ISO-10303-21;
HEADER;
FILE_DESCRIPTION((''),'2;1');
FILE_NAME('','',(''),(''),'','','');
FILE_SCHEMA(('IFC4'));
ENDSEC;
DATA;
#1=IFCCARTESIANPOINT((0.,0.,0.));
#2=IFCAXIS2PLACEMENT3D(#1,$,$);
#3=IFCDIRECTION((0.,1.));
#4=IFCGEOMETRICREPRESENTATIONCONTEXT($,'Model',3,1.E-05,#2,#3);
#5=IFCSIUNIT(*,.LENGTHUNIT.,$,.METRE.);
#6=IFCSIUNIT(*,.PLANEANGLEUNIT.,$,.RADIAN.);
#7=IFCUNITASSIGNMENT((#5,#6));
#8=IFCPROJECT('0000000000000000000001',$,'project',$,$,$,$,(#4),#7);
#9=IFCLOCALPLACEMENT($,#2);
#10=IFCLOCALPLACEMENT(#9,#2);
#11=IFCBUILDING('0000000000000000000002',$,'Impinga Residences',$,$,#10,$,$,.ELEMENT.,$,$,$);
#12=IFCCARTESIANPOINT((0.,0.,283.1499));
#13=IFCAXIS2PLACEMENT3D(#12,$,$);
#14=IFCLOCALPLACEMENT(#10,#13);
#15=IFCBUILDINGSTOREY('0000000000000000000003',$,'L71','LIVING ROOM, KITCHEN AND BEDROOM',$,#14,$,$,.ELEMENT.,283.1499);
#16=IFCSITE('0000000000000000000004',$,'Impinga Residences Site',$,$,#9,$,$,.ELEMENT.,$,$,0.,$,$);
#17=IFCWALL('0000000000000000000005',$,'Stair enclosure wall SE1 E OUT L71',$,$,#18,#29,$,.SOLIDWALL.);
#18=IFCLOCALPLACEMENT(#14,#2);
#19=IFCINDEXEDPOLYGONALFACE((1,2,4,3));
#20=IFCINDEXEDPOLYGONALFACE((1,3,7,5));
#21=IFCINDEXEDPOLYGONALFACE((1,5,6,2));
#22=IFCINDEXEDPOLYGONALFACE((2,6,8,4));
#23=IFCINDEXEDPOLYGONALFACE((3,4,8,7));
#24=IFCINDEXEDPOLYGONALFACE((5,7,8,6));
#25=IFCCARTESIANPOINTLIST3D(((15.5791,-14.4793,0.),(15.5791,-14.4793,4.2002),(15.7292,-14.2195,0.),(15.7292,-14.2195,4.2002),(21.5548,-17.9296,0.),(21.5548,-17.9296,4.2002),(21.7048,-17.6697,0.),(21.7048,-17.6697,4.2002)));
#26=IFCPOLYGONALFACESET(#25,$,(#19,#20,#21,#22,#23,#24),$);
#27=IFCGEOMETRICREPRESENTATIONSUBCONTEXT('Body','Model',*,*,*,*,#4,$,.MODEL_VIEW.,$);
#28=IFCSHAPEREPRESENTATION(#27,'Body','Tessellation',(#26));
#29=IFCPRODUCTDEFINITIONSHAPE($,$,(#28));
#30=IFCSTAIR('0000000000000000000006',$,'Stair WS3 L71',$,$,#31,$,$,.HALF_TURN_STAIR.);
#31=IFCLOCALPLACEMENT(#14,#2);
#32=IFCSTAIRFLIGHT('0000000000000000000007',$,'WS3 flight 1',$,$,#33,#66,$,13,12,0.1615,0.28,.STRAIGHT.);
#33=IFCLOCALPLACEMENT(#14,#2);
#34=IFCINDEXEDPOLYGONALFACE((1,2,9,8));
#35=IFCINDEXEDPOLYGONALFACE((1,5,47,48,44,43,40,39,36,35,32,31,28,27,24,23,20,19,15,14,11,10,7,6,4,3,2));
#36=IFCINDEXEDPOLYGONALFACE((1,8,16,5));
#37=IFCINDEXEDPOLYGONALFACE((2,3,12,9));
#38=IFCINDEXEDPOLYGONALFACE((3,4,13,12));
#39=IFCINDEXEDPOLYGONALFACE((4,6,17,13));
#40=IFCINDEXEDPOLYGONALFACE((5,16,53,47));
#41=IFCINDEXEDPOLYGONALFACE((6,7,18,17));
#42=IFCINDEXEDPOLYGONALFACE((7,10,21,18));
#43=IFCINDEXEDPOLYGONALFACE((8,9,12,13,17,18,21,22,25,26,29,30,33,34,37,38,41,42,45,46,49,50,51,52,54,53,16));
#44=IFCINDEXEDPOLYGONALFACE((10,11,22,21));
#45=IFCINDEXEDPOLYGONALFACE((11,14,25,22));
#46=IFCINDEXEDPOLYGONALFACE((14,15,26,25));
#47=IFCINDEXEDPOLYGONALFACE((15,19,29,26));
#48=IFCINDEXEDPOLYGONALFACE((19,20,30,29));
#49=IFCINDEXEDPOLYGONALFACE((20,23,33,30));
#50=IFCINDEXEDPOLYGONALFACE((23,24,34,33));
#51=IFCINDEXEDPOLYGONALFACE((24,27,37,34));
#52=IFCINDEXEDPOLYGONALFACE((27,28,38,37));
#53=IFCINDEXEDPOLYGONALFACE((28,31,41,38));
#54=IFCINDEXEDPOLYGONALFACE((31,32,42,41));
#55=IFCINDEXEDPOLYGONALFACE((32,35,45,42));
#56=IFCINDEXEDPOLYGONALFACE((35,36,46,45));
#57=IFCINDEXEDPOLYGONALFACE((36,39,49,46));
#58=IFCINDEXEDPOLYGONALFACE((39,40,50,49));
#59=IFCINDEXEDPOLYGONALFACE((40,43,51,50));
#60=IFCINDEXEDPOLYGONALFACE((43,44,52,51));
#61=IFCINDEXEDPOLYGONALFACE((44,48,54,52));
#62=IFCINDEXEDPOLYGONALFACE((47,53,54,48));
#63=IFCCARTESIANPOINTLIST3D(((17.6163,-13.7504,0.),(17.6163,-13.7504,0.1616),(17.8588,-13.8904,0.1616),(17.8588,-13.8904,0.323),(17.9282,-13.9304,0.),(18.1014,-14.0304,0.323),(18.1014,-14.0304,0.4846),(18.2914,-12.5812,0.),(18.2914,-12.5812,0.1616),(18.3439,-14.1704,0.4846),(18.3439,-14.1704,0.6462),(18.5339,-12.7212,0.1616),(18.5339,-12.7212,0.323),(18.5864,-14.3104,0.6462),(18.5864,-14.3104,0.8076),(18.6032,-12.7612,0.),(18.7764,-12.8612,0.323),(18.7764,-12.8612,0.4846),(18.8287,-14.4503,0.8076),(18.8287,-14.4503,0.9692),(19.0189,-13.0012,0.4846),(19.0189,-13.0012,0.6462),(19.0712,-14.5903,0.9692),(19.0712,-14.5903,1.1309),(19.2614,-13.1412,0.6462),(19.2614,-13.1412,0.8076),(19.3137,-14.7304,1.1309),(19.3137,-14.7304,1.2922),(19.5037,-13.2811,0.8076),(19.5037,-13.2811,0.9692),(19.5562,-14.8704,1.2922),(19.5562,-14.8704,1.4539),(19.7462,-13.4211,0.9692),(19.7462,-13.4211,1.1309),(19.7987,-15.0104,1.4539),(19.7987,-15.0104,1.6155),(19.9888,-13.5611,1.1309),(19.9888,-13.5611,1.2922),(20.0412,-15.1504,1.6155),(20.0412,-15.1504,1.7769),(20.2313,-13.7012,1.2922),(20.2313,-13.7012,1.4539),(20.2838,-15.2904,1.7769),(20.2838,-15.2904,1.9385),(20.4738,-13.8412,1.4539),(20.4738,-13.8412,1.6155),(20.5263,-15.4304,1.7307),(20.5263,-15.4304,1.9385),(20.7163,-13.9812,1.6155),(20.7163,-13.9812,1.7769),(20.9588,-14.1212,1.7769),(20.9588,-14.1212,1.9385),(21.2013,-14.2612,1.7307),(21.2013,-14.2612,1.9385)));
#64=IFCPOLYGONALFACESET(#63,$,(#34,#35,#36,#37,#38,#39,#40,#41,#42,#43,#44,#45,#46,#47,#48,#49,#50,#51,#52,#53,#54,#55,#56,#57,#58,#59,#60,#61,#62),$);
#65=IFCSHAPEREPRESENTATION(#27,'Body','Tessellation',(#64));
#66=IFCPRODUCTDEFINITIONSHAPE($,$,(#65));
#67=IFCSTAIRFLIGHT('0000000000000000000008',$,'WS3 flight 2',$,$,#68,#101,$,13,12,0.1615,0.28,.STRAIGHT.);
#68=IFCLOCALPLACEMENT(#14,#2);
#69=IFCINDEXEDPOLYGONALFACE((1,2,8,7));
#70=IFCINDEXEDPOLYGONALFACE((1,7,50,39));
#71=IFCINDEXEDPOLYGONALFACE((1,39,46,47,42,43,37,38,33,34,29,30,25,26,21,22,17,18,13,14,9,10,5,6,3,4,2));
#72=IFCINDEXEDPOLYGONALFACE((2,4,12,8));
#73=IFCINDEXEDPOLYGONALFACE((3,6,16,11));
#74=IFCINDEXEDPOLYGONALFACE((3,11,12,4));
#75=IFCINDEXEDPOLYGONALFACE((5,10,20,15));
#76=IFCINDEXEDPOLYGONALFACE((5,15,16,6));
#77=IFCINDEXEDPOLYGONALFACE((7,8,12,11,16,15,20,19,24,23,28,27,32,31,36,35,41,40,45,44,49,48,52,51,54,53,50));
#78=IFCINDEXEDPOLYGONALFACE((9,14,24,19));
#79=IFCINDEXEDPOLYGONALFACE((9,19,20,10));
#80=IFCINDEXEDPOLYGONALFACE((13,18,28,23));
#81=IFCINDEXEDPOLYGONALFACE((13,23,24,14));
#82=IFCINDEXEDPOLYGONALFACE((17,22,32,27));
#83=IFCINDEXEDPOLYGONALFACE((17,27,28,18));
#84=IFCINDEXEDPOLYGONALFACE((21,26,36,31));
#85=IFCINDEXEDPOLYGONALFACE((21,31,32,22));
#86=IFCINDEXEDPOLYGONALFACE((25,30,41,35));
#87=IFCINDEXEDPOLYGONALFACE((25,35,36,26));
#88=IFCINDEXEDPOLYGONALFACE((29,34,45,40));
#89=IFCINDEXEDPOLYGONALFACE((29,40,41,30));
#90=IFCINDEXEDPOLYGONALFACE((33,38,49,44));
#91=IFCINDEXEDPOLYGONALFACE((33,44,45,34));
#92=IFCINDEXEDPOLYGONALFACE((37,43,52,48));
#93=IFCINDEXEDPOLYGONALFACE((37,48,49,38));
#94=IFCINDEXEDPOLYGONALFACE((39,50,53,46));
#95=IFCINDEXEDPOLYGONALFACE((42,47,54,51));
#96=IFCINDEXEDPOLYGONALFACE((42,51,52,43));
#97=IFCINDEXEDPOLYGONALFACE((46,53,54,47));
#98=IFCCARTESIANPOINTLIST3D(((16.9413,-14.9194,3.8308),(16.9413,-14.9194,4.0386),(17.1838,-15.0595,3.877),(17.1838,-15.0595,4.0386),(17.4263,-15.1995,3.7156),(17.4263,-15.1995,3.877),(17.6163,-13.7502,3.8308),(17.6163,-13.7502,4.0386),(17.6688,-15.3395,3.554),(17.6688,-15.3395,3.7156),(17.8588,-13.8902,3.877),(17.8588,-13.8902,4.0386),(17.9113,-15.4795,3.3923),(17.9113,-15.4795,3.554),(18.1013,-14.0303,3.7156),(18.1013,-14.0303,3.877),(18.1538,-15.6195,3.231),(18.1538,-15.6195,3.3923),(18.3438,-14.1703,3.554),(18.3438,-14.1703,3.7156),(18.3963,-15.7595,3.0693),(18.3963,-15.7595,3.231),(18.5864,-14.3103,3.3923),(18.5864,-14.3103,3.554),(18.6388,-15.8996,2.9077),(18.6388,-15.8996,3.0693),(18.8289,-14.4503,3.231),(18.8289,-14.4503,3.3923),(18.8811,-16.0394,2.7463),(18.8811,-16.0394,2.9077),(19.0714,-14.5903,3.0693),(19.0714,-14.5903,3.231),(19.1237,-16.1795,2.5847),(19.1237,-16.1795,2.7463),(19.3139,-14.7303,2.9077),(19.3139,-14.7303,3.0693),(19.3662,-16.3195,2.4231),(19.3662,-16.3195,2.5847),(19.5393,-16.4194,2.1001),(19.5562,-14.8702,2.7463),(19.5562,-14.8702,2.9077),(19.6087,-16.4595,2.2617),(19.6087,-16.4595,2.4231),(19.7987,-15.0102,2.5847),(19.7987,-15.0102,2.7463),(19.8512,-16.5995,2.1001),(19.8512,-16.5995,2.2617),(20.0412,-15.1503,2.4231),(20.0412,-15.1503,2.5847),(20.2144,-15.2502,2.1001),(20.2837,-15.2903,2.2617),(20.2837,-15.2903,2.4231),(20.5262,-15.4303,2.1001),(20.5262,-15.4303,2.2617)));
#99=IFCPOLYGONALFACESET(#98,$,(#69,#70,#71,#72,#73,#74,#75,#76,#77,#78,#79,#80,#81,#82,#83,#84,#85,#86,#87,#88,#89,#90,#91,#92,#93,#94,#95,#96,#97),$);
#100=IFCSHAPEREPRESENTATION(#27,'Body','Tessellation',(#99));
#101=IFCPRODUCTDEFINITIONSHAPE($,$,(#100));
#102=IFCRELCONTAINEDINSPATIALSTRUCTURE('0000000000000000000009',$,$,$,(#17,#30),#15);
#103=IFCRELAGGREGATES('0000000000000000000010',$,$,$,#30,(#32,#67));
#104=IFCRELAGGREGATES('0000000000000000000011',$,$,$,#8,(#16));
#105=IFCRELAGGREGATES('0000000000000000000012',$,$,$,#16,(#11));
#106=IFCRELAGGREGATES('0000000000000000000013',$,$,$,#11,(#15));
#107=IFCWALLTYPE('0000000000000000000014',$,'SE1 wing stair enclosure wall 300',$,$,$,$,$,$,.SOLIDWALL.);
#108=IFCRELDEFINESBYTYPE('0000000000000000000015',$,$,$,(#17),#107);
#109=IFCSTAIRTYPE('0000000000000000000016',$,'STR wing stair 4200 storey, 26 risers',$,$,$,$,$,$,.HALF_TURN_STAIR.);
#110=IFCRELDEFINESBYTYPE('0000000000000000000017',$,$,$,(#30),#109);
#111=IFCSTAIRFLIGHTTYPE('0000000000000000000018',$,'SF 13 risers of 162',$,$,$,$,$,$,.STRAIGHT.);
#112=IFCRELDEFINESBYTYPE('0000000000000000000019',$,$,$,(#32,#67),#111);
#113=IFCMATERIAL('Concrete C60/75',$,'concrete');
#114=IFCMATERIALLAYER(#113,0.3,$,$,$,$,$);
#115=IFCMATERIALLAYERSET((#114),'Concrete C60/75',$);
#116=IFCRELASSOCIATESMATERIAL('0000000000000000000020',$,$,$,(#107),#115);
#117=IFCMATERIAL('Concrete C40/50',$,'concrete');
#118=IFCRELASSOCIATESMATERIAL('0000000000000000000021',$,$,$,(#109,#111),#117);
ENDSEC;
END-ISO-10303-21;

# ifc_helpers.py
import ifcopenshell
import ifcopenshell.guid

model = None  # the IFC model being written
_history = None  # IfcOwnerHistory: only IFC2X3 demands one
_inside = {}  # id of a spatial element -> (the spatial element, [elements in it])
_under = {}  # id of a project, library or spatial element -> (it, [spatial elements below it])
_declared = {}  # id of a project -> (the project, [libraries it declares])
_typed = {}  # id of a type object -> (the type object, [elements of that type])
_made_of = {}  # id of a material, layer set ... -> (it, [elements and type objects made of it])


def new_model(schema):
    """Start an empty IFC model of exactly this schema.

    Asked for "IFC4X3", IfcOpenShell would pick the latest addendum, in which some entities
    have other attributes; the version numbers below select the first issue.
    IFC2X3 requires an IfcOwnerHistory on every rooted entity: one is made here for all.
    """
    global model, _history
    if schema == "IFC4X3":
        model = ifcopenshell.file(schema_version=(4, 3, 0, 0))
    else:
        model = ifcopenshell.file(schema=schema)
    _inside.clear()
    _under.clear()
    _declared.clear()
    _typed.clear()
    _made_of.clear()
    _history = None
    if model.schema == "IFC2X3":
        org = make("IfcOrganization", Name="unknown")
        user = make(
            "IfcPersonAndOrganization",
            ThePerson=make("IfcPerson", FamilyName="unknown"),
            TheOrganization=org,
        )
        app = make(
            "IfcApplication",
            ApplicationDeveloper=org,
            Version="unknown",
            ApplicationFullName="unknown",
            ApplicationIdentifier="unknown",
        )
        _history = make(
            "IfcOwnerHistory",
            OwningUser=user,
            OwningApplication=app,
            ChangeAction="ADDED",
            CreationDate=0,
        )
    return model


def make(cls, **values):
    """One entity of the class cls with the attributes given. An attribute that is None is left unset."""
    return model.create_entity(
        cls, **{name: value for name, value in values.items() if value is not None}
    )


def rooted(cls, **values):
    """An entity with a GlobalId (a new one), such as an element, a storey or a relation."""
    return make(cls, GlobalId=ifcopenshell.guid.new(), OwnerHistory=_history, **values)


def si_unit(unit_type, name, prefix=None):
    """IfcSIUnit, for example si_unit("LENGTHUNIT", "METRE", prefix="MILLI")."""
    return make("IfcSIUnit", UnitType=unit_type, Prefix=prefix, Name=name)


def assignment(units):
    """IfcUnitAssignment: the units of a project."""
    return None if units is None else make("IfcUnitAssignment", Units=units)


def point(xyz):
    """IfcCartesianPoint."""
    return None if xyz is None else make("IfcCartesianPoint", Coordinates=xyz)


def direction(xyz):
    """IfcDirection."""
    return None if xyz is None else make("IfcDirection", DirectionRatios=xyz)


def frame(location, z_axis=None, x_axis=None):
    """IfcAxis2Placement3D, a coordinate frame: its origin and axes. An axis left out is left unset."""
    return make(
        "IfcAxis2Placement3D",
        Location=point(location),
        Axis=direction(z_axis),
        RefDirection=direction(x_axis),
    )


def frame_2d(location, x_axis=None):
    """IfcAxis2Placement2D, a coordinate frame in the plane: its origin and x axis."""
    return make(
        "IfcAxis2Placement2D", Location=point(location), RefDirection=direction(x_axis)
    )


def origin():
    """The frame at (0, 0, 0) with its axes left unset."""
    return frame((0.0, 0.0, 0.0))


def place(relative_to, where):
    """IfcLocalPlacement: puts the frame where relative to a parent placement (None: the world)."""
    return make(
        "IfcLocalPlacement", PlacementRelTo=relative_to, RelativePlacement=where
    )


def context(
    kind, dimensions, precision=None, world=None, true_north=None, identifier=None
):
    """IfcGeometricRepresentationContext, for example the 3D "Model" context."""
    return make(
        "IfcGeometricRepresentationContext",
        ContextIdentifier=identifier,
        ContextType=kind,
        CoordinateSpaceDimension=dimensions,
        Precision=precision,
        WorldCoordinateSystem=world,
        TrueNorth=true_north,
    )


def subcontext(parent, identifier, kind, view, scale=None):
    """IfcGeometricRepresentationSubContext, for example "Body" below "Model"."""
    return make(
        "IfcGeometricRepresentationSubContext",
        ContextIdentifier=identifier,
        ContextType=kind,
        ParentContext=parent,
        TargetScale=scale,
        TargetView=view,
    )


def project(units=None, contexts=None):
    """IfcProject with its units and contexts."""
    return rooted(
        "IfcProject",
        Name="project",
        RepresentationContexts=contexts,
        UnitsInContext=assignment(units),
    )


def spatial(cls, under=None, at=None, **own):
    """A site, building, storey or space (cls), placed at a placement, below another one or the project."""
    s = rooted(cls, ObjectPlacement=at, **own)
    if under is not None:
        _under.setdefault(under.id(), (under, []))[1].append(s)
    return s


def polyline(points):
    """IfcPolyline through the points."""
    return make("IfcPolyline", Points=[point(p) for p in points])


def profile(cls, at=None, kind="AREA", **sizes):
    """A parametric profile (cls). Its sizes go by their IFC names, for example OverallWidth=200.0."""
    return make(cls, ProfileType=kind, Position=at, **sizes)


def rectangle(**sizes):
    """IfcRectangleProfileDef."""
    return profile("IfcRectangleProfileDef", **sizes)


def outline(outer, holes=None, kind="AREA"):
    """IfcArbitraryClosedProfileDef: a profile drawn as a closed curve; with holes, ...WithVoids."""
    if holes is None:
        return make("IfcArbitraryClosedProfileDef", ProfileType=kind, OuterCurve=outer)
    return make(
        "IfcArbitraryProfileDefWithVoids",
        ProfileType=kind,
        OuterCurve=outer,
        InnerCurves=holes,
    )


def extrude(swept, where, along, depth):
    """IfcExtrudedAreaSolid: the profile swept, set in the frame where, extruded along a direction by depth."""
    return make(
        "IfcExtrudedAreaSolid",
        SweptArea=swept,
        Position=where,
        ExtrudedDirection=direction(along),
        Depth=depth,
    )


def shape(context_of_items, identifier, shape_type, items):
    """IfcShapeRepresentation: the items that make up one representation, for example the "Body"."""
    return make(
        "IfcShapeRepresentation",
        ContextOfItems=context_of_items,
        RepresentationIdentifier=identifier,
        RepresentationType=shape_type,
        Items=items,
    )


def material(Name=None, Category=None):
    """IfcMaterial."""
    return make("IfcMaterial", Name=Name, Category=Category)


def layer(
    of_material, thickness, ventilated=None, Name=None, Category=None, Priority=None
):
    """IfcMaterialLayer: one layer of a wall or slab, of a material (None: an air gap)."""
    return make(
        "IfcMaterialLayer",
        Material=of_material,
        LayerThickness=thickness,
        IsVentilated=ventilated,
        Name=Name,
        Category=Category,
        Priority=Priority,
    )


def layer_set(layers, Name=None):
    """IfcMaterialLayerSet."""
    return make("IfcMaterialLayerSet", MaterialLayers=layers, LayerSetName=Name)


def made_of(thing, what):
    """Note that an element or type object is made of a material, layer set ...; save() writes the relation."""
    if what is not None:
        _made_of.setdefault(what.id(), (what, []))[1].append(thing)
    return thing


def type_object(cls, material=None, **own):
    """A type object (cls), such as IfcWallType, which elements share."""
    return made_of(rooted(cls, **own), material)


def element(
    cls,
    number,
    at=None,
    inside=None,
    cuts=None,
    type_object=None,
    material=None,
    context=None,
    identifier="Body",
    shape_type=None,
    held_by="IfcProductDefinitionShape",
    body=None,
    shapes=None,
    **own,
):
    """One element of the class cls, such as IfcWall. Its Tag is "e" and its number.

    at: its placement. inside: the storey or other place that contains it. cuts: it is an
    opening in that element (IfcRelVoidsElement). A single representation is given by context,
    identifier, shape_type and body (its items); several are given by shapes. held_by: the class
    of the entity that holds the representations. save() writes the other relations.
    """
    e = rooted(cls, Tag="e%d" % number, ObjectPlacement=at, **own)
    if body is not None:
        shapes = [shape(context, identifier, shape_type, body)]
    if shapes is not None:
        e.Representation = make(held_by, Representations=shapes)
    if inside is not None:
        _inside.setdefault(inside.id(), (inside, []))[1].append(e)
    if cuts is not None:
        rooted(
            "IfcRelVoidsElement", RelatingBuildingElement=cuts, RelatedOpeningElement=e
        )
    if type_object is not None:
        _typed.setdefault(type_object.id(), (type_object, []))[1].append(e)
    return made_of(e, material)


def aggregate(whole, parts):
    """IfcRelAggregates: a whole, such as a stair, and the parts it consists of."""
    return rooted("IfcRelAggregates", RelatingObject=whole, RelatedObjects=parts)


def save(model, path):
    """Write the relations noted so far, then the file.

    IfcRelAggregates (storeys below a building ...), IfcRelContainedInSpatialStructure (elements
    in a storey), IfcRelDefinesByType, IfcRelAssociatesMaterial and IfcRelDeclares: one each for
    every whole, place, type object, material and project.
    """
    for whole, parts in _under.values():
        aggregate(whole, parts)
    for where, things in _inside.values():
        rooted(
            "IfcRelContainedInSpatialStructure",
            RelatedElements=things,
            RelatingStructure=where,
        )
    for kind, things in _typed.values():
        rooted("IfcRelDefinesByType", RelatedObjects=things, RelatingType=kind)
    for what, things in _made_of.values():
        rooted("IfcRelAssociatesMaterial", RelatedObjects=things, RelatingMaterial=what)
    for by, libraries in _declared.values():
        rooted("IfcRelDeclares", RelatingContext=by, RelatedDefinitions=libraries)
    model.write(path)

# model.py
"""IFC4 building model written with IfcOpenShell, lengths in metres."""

from ifc_helpers import new_model, si_unit, direction, frame, frame_2d, origin, place, context, subcontext, project, spatial, polyline, rectangle, outline, extrude, material, layer, layer_set, type_object, element, aggregate, save


model = new_model("IFC4")

# Units and contexts
model_context = context("Model", 3, precision=1e-05, world=origin(), true_north=direction((0.0, 1.0)))
body_context = subcontext(model_context, "Body", "Model", "MODEL_VIEW")
ifc_project = project(units=[si_unit("LENGTHUNIT", "METRE"), si_unit("PLANEANGLEUNIT", "RADIAN")], contexts=[model_context])

# Site, building, storey
site_placement = place(None, origin())
site = spatial("IfcSite", under=ifc_project, at=site_placement, Name="Impinga Residences Site", CompositionType="ELEMENT", RefElevation=0.0)
building_placement = place(site_placement, origin())
building = spatial("IfcBuilding", under=site, at=building_placement, Name="Impinga Residences", CompositionType="ELEMENT")
storey_placement = place(building_placement, frame((0.0, 0.0, 283.1499)))
storey = spatial("IfcBuildingStorey", under=building, at=storey_placement, Name="L71", Description="LIVING ROOM, KITCHEN AND BEDROOM", CompositionType="ELEMENT", Elevation=283.1499)

# Shared definitions
ifc_material_1 = material(Name="Concrete C60/75", Category="concrete")

# Wall
ifc_layer_1 = layer(ifc_material_1, 0.3)
ifc_layer_set_1 = layer_set([ifc_layer_1], Name="Concrete C60/75")
wall_type_1 = type_object("IfcWallType", Name="SE1 wing stair enclosure wall 300", PredefinedType="SOLIDWALL", material=ifc_layer_set_1)
wall_1_placement = place(storey_placement, frame((15.6541, -14.3494, 0.0), z_axis=(0.0, 0.0, 1.0), x_axis=(0.866014, -0.500021, 0.0)))
element("IfcWall", 1, at=wall_1_placement, inside=storey, type_object=wall_type_1, Name="Stair enclosure wall SE1 E OUT L71", PredefinedType="SOLIDWALL", context=body_context, shape_type="SweptSolid", body=[
    extrude(rectangle(XDim=6.9001, YDim=0.3, at=frame_2d((3.4502, 0.0))), origin(), (0.0, 0.0, 1.0), 4.2002),
])

# Stair, stair flights
ifc_material_2 = material(Name="Concrete C40/50", Category="concrete")
stair_type = type_object("IfcStairType", Name="STR wing stair 4200 storey, 26 risers", PredefinedType="HALF_TURN_STAIR", material=ifc_material_2)
stair_placement = place(storey_placement, origin())
stair = element("IfcStair", 2, at=stair_placement, inside=storey, type_object=stair_type, Name="Stair WS3 L71", PredefinedType="HALF_TURN_STAIR")
stair_flight_type = type_object("IfcStairFlightType", Name="SF 13 risers of 162", PredefinedType="STRAIGHT", material=ifc_material_2)
stair_flight_1_placement = place(storey_placement, frame((17.9539, -13.1658, 0.0), z_axis=(0.0, 0.0, 1.0), x_axis=(0.866025, -0.5, 0.0)))
stair_flight_1 = element("IfcStairFlight", 3, at=stair_flight_1_placement, type_object=stair_flight_type, Name="WS3 flight 1", NumberOfRisers=13, NumberOfTreads=12, PredefinedType="STRAIGHT", RiserHeight=0.1615, TreadLength=0.28, context=body_context, shape_type="SweptSolid", body=[
    extrude(outline(polyline([(0.0, 0.0), (0.0, 0.1616), (0.28, 0.1616), (0.28, 0.323), (0.5601, 0.323), (0.5601, 0.4846), (0.8401, 0.4846), (0.8401, 0.6462), (1.1201, 0.6462), (1.1201, 0.8076), (1.3999, 0.8076), (1.3999, 0.9692), (1.6799, 0.9692), (1.6799, 1.1309), (1.96, 1.1309), (1.96, 1.2922), (2.24, 1.2922), (2.24, 1.4539), (2.52, 1.4539), (2.52, 1.6155), (2.8, 1.6155), (2.8, 1.7769), (3.0801, 1.7769), (3.0801, 1.9385), (3.3601, 1.9385), (3.3601, 2.1001), (3.3601, 1.7307), (0.3601, 0.0), (0.0, 0.0)])), frame((0.0, 0.675, 0.0), z_axis=(0.0, -1.0, 0.0), x_axis=(1.0, 0.0, 0.0)), (0.0, 0.0, 1.0), 1.3501),
])
stair_flight_2_placement = place(storey_placement, frame((20.1887, -16.0149, 2.1001), z_axis=(0.0, 0.0, 1.0), x_axis=(-0.866025, 0.5, 0.0)))
stair_flight_2 = element("IfcStairFlight", 4, at=stair_flight_2_placement, type_object=stair_flight_type, Name="WS3 flight 2", NumberOfRisers=13, NumberOfTreads=12, PredefinedType="STRAIGHT", RiserHeight=0.1615, TreadLength=0.28, context=body_context, shape_type="SweptSolid", body=[
    extrude(outline(polyline([(0.0, 0.0), (0.0, 0.1616), (0.28, 0.1616), (0.28, 0.323), (0.5601, 0.323), (0.5601, 0.4846), (0.8401, 0.4846), (0.8401, 0.6462), (1.1201, 0.6462), (1.1201, 0.8076), (1.3999, 0.8076), (1.3999, 0.9692), (1.6799, 0.9692), (1.6799, 1.1309), (1.96, 1.1309), (1.96, 1.2922), (2.24, 1.2922), (2.24, 1.4539), (2.52, 1.4539), (2.52, 1.6155), (2.8, 1.6155), (2.8, 1.7769), (3.0801, 1.7769), (3.0801, 1.9385), (3.3601, 1.9385), (3.3601, 2.1001), (3.3601, 1.7307), (0.3601, 0.0), (0.0, 0.0)])), frame((0.0, 0.675, 0.0), z_axis=(0.0, -1.0, 0.0), x_axis=(1.0, 0.0, 0.0)), (0.0, 0.0, 1.0), 1.3501),
])
aggregate(stair, [stair_flight_1, stair_flight_2])

save(model, "model.ifc")
